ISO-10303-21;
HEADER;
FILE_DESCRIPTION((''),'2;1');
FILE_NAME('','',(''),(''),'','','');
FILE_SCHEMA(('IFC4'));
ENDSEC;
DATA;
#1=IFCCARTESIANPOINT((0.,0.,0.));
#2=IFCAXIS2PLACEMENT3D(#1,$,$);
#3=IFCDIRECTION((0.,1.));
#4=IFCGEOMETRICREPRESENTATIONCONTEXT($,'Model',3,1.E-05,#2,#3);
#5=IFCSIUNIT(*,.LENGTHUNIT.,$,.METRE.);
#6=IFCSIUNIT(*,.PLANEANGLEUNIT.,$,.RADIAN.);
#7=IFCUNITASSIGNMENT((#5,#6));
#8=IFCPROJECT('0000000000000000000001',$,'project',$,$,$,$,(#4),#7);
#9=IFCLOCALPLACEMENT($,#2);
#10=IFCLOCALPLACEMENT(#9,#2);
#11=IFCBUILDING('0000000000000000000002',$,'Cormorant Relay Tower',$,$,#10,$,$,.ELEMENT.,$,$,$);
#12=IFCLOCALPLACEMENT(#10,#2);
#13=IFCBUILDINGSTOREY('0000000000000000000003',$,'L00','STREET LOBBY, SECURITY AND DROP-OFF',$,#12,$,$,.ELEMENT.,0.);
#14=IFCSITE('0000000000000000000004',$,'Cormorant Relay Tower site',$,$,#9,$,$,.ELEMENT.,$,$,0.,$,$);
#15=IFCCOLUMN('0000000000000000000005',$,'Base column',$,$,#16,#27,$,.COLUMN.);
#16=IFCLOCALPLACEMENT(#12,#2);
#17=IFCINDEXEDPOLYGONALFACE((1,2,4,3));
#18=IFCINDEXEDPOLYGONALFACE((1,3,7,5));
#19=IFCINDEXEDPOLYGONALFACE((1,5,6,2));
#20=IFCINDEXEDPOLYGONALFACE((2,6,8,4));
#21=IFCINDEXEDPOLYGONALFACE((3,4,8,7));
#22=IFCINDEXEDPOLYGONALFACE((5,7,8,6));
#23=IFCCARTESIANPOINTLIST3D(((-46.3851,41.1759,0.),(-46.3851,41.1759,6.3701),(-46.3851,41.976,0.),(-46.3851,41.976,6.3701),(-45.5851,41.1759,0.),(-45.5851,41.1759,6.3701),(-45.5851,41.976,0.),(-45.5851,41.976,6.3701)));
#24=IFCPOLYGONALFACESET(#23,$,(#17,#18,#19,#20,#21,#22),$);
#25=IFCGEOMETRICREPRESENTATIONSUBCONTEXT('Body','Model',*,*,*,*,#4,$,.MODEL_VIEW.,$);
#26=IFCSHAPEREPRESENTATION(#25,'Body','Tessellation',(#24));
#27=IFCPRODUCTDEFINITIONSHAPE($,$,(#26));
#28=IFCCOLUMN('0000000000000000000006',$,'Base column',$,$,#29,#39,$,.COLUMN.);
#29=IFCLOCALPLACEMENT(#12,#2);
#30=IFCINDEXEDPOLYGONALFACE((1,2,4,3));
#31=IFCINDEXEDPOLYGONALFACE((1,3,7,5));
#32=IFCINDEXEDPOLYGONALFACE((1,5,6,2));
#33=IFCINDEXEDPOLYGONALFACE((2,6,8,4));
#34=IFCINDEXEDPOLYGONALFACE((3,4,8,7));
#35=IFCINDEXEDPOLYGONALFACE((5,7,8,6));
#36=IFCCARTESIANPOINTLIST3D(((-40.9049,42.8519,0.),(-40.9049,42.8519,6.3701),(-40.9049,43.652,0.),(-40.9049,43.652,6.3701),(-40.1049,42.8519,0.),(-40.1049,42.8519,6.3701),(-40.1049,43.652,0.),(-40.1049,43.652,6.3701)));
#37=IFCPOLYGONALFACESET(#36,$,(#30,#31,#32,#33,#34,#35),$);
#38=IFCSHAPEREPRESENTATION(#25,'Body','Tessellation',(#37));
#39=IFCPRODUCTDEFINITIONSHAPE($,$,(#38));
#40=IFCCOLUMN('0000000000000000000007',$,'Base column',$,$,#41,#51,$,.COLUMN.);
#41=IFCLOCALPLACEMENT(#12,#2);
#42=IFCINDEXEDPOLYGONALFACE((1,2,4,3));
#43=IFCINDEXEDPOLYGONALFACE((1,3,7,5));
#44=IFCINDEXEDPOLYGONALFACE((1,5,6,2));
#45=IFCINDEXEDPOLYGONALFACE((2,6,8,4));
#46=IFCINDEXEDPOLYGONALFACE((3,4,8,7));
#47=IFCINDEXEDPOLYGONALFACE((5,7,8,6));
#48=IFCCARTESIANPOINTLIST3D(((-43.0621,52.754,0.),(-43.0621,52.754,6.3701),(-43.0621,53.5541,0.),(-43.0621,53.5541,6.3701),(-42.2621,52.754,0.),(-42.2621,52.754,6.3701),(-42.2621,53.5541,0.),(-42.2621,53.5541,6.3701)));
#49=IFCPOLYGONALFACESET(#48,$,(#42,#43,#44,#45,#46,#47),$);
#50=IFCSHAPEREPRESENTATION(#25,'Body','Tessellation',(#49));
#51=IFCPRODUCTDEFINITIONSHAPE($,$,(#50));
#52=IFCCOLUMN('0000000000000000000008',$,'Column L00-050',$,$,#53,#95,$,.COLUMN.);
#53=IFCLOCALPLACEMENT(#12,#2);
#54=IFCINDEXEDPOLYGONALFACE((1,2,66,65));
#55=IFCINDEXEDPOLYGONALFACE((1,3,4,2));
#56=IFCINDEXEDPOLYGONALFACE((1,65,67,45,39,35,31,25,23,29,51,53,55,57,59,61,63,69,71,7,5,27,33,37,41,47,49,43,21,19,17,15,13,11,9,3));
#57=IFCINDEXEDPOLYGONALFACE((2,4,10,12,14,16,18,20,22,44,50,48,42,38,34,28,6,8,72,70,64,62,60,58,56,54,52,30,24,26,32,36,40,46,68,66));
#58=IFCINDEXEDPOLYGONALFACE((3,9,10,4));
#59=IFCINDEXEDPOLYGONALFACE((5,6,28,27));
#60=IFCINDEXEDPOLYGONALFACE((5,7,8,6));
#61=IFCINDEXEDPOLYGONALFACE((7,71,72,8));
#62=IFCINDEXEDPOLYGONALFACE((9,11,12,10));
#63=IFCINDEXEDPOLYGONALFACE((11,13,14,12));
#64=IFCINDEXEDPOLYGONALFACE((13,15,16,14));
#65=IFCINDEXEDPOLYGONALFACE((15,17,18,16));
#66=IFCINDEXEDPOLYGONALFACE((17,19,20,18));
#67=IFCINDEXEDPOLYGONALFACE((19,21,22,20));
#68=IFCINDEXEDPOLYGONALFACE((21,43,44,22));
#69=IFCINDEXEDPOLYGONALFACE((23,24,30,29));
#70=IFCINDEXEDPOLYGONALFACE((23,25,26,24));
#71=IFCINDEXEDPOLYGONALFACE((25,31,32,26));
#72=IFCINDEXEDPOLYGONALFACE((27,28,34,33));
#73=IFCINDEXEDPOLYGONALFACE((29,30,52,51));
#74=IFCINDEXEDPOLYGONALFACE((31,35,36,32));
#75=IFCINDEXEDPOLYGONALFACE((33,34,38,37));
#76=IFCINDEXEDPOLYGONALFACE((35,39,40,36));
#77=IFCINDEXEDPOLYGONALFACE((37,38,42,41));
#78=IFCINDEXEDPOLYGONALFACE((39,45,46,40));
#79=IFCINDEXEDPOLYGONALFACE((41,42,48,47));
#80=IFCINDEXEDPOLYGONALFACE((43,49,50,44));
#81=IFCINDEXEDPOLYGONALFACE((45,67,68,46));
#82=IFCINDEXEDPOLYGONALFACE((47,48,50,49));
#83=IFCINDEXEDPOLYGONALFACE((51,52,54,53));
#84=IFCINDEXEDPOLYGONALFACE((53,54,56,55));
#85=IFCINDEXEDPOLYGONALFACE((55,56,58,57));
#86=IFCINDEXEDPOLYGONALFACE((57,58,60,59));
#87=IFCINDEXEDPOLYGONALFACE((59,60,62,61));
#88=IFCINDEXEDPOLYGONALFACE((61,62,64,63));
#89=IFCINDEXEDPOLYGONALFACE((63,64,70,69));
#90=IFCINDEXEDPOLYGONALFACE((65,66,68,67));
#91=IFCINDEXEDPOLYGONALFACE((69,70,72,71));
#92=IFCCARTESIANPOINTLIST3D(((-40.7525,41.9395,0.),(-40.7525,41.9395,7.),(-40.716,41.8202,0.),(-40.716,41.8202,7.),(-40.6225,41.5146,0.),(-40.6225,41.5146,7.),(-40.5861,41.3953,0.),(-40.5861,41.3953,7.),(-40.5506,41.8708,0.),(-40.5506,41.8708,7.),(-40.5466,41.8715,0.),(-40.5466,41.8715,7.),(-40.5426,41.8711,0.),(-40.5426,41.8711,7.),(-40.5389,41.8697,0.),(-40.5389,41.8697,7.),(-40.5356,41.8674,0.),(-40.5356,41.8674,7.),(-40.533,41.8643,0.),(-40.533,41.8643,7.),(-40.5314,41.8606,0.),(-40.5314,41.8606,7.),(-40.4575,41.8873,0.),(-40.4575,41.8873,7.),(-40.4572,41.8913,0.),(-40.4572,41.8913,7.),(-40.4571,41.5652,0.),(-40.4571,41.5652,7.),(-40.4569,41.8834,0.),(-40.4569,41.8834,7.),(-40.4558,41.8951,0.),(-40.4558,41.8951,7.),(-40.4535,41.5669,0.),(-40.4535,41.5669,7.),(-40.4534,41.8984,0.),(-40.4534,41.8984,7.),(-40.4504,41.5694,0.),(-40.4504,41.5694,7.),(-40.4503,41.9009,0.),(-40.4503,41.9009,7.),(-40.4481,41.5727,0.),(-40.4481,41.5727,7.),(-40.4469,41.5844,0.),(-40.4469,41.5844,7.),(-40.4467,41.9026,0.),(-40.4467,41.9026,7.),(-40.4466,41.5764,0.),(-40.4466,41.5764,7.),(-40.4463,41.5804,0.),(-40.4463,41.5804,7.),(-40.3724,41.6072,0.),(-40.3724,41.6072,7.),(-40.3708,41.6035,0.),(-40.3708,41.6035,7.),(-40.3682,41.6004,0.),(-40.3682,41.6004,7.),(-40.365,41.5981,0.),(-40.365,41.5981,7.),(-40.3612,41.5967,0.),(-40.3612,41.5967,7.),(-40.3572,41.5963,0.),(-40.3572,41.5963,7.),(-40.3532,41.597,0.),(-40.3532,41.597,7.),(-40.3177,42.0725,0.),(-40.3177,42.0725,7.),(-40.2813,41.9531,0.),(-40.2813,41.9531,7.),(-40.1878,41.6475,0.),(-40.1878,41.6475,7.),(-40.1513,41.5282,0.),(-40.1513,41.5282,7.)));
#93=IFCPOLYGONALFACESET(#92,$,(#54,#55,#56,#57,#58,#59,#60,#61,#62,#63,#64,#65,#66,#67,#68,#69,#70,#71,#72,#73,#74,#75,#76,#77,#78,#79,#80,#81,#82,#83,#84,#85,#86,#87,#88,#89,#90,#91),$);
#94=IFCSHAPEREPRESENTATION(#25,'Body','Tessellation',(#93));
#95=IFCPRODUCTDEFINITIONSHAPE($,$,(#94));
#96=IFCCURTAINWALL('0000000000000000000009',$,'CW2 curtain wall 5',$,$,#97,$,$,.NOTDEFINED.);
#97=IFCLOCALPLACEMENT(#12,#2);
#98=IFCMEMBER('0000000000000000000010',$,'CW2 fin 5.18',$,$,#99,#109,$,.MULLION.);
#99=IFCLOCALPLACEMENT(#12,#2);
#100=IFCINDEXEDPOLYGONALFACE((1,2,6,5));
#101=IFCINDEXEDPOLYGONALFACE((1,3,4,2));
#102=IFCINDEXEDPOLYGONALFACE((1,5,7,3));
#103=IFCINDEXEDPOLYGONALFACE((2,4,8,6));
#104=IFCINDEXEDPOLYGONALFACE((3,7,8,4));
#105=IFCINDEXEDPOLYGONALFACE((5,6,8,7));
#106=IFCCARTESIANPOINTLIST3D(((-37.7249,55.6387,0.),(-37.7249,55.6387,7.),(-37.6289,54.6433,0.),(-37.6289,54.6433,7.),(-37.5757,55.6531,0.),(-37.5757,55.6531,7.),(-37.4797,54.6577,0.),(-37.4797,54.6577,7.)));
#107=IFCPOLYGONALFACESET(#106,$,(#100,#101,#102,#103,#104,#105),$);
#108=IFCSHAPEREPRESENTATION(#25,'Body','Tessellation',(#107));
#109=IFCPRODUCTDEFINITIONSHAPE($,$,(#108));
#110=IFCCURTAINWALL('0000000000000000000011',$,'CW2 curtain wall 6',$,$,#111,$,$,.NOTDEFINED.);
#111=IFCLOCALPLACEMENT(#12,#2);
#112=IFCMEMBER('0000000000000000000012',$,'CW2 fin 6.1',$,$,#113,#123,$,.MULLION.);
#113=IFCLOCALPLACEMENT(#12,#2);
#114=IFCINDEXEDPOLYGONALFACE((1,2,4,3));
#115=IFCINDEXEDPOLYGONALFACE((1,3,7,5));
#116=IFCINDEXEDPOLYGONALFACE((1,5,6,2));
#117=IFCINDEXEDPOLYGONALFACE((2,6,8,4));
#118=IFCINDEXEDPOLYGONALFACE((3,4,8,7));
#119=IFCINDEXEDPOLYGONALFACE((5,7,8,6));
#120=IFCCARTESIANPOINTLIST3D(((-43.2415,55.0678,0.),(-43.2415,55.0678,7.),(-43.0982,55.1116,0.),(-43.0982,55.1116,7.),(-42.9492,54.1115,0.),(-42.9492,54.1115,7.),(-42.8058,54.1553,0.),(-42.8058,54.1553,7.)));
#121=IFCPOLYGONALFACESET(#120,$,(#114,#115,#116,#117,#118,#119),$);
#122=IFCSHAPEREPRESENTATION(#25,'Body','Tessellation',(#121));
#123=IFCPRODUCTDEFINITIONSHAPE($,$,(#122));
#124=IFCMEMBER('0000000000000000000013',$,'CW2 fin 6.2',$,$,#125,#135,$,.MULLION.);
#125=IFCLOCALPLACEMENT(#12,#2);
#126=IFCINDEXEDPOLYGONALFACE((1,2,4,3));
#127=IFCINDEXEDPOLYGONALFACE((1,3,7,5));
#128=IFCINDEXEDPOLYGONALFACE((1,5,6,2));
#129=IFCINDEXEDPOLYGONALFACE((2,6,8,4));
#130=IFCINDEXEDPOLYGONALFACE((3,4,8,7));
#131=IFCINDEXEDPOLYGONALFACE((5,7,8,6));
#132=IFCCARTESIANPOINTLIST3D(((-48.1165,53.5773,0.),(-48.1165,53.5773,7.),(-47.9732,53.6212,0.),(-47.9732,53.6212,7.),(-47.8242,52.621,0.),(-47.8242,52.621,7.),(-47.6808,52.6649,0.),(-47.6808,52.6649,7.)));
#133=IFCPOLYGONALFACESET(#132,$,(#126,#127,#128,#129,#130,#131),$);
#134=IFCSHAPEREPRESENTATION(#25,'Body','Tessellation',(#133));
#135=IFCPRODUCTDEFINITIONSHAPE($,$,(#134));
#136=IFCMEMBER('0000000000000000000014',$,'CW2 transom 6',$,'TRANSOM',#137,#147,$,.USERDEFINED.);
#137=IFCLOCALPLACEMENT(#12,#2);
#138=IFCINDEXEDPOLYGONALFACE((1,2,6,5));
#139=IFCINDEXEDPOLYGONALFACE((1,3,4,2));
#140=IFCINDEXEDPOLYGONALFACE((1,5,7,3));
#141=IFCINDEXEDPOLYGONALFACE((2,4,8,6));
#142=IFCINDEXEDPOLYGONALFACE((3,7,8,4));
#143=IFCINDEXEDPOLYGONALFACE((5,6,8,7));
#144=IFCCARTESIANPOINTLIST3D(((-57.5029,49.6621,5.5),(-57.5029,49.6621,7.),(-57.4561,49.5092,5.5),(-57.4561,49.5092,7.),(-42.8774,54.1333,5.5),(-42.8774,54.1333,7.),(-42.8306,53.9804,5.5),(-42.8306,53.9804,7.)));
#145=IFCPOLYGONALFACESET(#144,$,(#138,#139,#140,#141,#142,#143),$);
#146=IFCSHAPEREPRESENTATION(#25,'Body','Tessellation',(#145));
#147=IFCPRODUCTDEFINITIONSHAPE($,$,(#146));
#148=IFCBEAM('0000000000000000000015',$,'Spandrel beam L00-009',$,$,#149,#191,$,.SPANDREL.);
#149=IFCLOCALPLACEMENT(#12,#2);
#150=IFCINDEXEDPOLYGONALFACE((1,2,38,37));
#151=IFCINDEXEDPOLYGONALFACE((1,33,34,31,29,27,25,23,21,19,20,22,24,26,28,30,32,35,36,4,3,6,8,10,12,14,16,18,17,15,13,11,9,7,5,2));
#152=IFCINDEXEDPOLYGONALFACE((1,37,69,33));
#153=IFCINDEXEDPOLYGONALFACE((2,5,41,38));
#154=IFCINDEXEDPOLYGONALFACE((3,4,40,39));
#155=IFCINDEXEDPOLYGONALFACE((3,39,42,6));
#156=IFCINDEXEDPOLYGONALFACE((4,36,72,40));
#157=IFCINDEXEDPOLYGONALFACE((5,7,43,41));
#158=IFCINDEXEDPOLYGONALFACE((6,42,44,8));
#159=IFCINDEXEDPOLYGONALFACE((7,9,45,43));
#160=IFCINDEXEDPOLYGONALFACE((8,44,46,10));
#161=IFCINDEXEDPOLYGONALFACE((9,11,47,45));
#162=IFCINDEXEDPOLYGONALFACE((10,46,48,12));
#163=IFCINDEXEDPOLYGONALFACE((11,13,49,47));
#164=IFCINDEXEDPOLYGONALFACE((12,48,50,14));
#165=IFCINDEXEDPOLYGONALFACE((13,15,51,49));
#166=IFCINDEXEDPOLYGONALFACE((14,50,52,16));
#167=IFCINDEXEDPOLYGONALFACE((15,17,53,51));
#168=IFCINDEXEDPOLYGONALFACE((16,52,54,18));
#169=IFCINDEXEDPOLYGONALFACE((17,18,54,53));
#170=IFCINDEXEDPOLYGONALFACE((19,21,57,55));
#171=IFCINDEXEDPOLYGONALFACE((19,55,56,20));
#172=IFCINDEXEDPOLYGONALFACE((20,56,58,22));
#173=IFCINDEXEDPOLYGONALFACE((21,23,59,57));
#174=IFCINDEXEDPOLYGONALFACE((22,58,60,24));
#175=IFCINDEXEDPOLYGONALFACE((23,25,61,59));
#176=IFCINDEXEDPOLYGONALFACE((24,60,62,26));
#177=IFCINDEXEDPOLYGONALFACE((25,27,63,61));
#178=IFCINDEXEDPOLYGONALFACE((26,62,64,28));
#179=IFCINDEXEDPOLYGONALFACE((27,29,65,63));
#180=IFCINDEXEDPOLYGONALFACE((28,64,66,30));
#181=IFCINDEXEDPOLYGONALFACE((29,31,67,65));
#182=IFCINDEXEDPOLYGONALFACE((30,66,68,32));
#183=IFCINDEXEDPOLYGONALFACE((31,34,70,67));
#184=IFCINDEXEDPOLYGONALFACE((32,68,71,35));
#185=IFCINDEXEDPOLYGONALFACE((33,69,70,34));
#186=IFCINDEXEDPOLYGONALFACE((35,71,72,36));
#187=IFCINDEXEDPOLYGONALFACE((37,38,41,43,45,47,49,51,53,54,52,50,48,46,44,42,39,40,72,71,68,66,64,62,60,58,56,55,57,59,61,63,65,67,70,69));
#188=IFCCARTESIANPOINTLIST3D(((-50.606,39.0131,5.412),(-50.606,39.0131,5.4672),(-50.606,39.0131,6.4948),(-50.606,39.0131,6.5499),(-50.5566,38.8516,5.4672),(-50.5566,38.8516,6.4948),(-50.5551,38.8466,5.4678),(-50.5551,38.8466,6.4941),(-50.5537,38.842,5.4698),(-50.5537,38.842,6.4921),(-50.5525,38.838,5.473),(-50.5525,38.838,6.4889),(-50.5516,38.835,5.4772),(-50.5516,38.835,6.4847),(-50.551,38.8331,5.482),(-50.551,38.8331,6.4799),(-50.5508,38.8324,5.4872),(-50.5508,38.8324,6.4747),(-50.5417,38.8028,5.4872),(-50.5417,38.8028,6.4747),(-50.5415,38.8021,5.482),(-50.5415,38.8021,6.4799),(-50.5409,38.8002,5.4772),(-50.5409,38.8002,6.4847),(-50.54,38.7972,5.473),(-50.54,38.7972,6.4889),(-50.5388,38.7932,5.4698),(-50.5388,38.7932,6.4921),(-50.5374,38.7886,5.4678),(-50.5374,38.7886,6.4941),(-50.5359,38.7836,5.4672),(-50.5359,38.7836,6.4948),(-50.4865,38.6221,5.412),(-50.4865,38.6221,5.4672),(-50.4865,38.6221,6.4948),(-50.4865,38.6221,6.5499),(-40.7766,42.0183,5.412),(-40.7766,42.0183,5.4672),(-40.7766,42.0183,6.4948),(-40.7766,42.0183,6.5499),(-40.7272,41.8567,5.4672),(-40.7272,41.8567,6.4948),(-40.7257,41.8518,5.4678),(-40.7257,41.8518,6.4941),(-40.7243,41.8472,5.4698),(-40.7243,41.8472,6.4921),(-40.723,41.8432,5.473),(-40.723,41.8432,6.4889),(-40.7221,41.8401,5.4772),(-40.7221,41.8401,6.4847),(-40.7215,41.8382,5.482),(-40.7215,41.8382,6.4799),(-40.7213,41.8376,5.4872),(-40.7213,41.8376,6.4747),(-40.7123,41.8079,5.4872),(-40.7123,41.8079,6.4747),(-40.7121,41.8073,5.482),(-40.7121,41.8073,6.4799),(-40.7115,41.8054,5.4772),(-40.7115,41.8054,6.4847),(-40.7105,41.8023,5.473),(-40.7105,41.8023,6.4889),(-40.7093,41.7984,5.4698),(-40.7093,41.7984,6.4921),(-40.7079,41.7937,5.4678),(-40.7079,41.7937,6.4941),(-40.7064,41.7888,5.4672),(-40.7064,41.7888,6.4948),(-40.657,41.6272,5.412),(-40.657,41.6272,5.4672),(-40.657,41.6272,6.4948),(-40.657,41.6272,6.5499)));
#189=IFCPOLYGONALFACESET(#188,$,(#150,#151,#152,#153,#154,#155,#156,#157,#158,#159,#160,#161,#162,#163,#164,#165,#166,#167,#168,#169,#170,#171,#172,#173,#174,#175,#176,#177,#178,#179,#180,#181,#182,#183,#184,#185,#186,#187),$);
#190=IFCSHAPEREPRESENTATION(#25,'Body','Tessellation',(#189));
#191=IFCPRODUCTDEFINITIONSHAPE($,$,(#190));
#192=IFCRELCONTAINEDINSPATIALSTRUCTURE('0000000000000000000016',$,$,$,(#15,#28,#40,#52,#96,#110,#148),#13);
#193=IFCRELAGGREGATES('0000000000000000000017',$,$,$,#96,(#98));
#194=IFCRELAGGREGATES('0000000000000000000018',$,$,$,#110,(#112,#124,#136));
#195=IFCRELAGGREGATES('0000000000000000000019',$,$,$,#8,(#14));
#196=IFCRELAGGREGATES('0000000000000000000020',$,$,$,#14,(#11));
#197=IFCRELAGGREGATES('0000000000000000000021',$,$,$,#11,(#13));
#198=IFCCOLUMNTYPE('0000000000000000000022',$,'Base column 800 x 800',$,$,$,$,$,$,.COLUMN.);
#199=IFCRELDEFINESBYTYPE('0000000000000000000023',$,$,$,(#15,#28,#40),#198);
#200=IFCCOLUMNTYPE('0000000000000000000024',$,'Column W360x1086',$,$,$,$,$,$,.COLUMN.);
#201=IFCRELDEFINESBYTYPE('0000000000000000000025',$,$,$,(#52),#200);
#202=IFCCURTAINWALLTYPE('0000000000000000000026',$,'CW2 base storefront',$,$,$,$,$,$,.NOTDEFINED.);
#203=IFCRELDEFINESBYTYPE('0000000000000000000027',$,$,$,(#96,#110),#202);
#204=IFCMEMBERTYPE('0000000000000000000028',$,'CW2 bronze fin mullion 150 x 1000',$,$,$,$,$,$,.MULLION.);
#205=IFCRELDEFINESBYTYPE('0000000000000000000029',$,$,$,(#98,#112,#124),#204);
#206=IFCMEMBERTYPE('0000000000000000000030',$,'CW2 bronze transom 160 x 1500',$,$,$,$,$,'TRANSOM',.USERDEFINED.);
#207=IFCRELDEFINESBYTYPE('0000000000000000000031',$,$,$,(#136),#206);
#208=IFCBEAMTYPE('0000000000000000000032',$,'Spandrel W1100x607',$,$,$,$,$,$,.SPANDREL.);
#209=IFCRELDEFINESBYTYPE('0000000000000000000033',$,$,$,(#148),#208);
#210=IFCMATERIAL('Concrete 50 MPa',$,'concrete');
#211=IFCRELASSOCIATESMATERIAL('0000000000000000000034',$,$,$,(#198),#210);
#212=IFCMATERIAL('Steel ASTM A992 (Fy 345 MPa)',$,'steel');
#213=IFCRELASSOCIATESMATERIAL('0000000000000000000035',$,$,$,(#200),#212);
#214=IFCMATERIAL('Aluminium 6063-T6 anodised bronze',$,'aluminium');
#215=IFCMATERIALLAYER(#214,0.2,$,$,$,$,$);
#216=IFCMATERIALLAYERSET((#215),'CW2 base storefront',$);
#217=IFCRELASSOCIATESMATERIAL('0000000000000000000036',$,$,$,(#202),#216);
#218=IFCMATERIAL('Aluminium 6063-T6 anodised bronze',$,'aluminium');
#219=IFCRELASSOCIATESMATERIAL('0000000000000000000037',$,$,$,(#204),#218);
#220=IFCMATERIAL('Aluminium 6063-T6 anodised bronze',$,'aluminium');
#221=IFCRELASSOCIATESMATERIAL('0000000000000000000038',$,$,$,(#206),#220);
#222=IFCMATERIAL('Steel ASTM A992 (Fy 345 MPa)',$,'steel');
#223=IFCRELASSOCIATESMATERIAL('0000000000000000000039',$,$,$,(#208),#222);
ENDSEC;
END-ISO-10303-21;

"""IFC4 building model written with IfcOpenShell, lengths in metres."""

from ifc_helpers import new_model, si_unit, direction, frame, origin, origin_2d, place, context, subcontext, project, spatial, rectangle, i_section, extrude, material, layer, layer_set, material_profile, profile_set, type_object, element, aggregate, save


model = new_model("IFC4")

# Units and contexts
model_context = context("Model", 3, precision=1e-05, world=origin(), true_north=direction((0.0, 1.0)))
body_context = subcontext(model_context, "Body", "Model", "MODEL_VIEW")
ifc_project = project(units=[si_unit("LENGTHUNIT", "METRE"), si_unit("PLANEANGLEUNIT", "RADIAN")], contexts=[model_context])

# Site, building, storey
site_placement = place(None, origin())
site = spatial("IfcSite", under=ifc_project, at=site_placement, Name="Cormorant Relay Tower site", CompositionType="ELEMENT", RefElevation=0.0)
building_placement = place(site_placement, origin())
building = spatial("IfcBuilding", under=site, at=building_placement, Name="Cormorant Relay Tower", CompositionType="ELEMENT")
storey_placement = place(building_placement, origin())
storey = spatial("IfcBuildingStorey", under=building, at=storey_placement, Name="L00", Description="STREET LOBBY, SECURITY AND DROP-OFF", CompositionType="ELEMENT", Elevation=0.0)

# Columns
ifc_material_1 = material(Name="Concrete 50 MPa", Category="concrete")
ifc_material_profile_1 = material_profile(ifc_material_1, rectangle(XDim=0.8, YDim=0.8, at=origin_2d()), Name="RC 800x800")
ifc_profile_set_1 = profile_set([ifc_material_profile_1], Name="Concrete 50 MPa")
column_type_1 = type_object("IfcColumnType", Name="Base column 800 x 800", PredefinedType="COLUMN", material=ifc_profile_set_1)
for number, where, z_axis, x_axis, name in (
    (1, (-45.9851, 41.5759, 0.0), (0.0, 0.0, 1.0), (1.0, 0.0, 0.0), "Base column"),
    (2, (-40.5049, 43.252, 0.0), (0.0, 0.0, 1.0), (1.0, 0.0, 0.0), "Base column"),
    (3, (-42.6621, 53.1541, 0.0), (0.0, 0.0, 1.0), (1.0, 0.0, 0.0), "Base column"),
):
    element("IfcColumn", number, at=place(storey_placement, frame(where, z_axis=z_axis, x_axis=x_axis)), inside=storey, type_object=column_type_1, Name=name, PredefinedType="COLUMN", context=body_context, shape_type="SweptSolid", body=[
        extrude(rectangle(XDim=0.8, YDim=0.8, at=origin_2d()), origin(), (0.0, 0.0, 1.0), 6.3701),
    ])
ifc_material_2 = material(Name="Steel ASTM A992 (Fy 345 MPa)", Category="steel")
ifc_material_profile_2 = material_profile(ifc_material_2, i_section(OverallWidth=0.4546, OverallDepth=0.5691, WebThickness=0.0779, FlangeThickness=0.1248, FilletRadius=0.0154, at=origin_2d()), Name="W360x1086")
ifc_profile_set_2 = profile_set([ifc_material_profile_2], Name="Steel ASTM A992 (Fy 345 MPa)")
column_type_2 = type_object("IfcColumnType", Name="Column W360x1086", PredefinedType="COLUMN", material=ifc_profile_set_2)
column_placement = place(storey_placement, frame((-40.4519, 41.7339, 0.0), z_axis=(0.0, 0.0, 1.0), x_axis=(-0.956305, -0.292372, 0.0)))
element("IfcColumn", 4, at=column_placement, inside=storey, type_object=column_type_2, Name="Column L00-050", PredefinedType="COLUMN", context=body_context, shape_type="SweptSolid", body=[
    extrude(i_section(OverallWidth=0.4546, OverallDepth=0.5691, WebThickness=0.0779, FlangeThickness=0.1248, FilletRadius=0.0154, at=origin_2d()), origin(), (0.0, 0.0, 1.0), 7.0),
])

# Curtain wall, member
ifc_material_3 = material(Name="Aluminium 6063-T6 anodised bronze", Category="aluminium")
ifc_layer_1 = layer(ifc_material_3, 0.2)
ifc_layer_set_1 = layer_set([ifc_layer_1], Name="CW2 base storefront")
curtain_wall_type = type_object("IfcCurtainWallType", Name="CW2 base storefront", PredefinedType="NOTDEFINED", material=ifc_layer_set_1)
curtain_wall_1_placement = place(storey_placement, origin())
curtain_wall_1 = element("IfcCurtainWall", 5, at=curtain_wall_1_placement, inside=storey, type_object=curtain_wall_type, Name="CW2 curtain wall 5", PredefinedType="NOTDEFINED")
ifc_material_4 = material(Name="Aluminium 6063-T6 anodised bronze", Category="aluminium")
ifc_material_profile_3 = material_profile(ifc_material_4, rectangle(XDim=0.1499, YDim=1.0, at=origin_2d()), Name="AL 150x1000")
ifc_profile_set_3 = profile_set([ifc_material_profile_3], Name="Aluminium 6063-T6 anodised bronze")
member_type_1 = type_object("IfcMemberType", Name="CW2 bronze fin mullion 150 x 1000", PredefinedType="MULLION", material=ifc_profile_set_3)
member_1_placement = place(storey_placement, frame((-37.6023, 55.1482, 0.0), z_axis=(0.0, 0.0, 1.0), x_axis=(-0.995387, -0.09594, 0.0)))
member_1 = element("IfcMember", 6, at=member_1_placement, type_object=member_type_1, Name="CW2 fin 5.18", PredefinedType="MULLION", context=body_context, shape_type="SweptSolid", body=[
    extrude(rectangle(XDim=0.1499, YDim=1.0, at=origin_2d()), origin(), (0.0, 0.0, 1.0), 7.0),
])

# Curtain wall, members
curtain_wall_2_placement = place(storey_placement, origin())
curtain_wall_2 = element("IfcCurtainWall", 7, at=curtain_wall_2_placement, inside=storey, type_object=curtain_wall_type, Name="CW2 curtain wall 6", PredefinedType="NOTDEFINED")
member_2_placement = place(storey_placement, frame((-43.0237, 54.6116, 0.0), z_axis=(0.0, 0.0, 1.0), x_axis=(-0.956305, -0.292372, 0.0)))
member_2 = element("IfcMember", 8, at=member_2_placement, type_object=member_type_1, Name="CW2 fin 6.1", PredefinedType="MULLION", context=body_context, shape_type="SweptSolid", body=[
    extrude(rectangle(XDim=0.1499, YDim=1.0, at=origin_2d()), origin(), (0.0, 0.0, 1.0), 7.0),
])
member_3_placement = place(storey_placement, frame((-47.8987, 53.1211, 0.0), z_axis=(0.0, 0.0, 1.0), x_axis=(-0.956305, -0.292372, 0.0)))
member_3 = element("IfcMember", 9, at=member_3_placement, type_object=member_type_1, Name="CW2 fin 6.2", PredefinedType="MULLION", context=body_context, shape_type="SweptSolid", body=[
    extrude(rectangle(XDim=0.1499, YDim=1.0, at=origin_2d()), origin(), (0.0, 0.0, 1.0), 7.0),
])
ifc_material_5 = material(Name="Aluminium 6063-T6 anodised bronze", Category="aluminium")
ifc_material_profile_4 = material_profile(ifc_material_5, rectangle(XDim=0.1599, YDim=1.5, at=origin_2d()), Name="AL 160x1500")
ifc_profile_set_4 = profile_set([ifc_material_profile_4], Name="Aluminium 6063-T6 anodised bronze")
member_type_2 = type_object("IfcMemberType", Name="CW2 bronze transom 160 x 1500", ElementType="TRANSOM", PredefinedType="USERDEFINED", material=ifc_profile_set_4)
member_4_placement = place(storey_placement, frame((-42.854, 54.0569, 6.25), z_axis=(-0.95631, -0.292356, 0.0), x_axis=(0.292356, -0.95631, 0.0)))
member_4 = element("IfcMember", 10, at=member_4_placement, type_object=member_type_2, Name="CW2 transom 6", ObjectType="TRANSOM", PredefinedType="USERDEFINED", context=body_context, shape_type="SweptSolid", body=[
    extrude(rectangle(XDim=0.1599, YDim=1.5, at=origin_2d()), origin(), (0.0, 0.0, 1.0), 15.2937),
])

# Beam
ifc_material_6 = material(Name="Steel ASTM A992 (Fy 345 MPa)", Category="steel")
ifc_material_profile_5 = material_profile(ifc_material_6, i_section(OverallWidth=0.4089, OverallDepth=1.1379, WebThickness=0.031, FlangeThickness=0.0552, FilletRadius=0.02, at=origin_2d()), Name="W1100x607")
ifc_profile_set_5 = profile_set([ifc_material_profile_5], Name="Steel ASTM A992 (Fy 345 MPa)")
beam_type = type_object("IfcBeamType", Name="Spandrel W1100x607", PredefinedType="SPANDREL", material=ifc_profile_set_5)
beam_placement = place(storey_placement, frame((-40.7168, 41.8228, 5.981), z_axis=(-0.956305, -0.292371, 0.0), x_axis=(0.292371, -0.956305, 0.0)))
element("IfcBeam", 11, at=beam_placement, inside=storey, type_object=beam_type, Name="Spandrel beam L00-009", PredefinedType="SPANDREL", context=body_context, shape_type="SweptSolid", body=[
    extrude(i_section(OverallWidth=0.4089, OverallDepth=1.1379, WebThickness=0.031, FlangeThickness=0.0552, FilletRadius=0.02, at=origin_2d()), origin(), (0.0, 0.0, 1.0), 10.2786),
])

aggregate(curtain_wall_1, [member_1])
aggregate(curtain_wall_2, [member_2, member_3, member_4])

save(model, "model.ifc")
